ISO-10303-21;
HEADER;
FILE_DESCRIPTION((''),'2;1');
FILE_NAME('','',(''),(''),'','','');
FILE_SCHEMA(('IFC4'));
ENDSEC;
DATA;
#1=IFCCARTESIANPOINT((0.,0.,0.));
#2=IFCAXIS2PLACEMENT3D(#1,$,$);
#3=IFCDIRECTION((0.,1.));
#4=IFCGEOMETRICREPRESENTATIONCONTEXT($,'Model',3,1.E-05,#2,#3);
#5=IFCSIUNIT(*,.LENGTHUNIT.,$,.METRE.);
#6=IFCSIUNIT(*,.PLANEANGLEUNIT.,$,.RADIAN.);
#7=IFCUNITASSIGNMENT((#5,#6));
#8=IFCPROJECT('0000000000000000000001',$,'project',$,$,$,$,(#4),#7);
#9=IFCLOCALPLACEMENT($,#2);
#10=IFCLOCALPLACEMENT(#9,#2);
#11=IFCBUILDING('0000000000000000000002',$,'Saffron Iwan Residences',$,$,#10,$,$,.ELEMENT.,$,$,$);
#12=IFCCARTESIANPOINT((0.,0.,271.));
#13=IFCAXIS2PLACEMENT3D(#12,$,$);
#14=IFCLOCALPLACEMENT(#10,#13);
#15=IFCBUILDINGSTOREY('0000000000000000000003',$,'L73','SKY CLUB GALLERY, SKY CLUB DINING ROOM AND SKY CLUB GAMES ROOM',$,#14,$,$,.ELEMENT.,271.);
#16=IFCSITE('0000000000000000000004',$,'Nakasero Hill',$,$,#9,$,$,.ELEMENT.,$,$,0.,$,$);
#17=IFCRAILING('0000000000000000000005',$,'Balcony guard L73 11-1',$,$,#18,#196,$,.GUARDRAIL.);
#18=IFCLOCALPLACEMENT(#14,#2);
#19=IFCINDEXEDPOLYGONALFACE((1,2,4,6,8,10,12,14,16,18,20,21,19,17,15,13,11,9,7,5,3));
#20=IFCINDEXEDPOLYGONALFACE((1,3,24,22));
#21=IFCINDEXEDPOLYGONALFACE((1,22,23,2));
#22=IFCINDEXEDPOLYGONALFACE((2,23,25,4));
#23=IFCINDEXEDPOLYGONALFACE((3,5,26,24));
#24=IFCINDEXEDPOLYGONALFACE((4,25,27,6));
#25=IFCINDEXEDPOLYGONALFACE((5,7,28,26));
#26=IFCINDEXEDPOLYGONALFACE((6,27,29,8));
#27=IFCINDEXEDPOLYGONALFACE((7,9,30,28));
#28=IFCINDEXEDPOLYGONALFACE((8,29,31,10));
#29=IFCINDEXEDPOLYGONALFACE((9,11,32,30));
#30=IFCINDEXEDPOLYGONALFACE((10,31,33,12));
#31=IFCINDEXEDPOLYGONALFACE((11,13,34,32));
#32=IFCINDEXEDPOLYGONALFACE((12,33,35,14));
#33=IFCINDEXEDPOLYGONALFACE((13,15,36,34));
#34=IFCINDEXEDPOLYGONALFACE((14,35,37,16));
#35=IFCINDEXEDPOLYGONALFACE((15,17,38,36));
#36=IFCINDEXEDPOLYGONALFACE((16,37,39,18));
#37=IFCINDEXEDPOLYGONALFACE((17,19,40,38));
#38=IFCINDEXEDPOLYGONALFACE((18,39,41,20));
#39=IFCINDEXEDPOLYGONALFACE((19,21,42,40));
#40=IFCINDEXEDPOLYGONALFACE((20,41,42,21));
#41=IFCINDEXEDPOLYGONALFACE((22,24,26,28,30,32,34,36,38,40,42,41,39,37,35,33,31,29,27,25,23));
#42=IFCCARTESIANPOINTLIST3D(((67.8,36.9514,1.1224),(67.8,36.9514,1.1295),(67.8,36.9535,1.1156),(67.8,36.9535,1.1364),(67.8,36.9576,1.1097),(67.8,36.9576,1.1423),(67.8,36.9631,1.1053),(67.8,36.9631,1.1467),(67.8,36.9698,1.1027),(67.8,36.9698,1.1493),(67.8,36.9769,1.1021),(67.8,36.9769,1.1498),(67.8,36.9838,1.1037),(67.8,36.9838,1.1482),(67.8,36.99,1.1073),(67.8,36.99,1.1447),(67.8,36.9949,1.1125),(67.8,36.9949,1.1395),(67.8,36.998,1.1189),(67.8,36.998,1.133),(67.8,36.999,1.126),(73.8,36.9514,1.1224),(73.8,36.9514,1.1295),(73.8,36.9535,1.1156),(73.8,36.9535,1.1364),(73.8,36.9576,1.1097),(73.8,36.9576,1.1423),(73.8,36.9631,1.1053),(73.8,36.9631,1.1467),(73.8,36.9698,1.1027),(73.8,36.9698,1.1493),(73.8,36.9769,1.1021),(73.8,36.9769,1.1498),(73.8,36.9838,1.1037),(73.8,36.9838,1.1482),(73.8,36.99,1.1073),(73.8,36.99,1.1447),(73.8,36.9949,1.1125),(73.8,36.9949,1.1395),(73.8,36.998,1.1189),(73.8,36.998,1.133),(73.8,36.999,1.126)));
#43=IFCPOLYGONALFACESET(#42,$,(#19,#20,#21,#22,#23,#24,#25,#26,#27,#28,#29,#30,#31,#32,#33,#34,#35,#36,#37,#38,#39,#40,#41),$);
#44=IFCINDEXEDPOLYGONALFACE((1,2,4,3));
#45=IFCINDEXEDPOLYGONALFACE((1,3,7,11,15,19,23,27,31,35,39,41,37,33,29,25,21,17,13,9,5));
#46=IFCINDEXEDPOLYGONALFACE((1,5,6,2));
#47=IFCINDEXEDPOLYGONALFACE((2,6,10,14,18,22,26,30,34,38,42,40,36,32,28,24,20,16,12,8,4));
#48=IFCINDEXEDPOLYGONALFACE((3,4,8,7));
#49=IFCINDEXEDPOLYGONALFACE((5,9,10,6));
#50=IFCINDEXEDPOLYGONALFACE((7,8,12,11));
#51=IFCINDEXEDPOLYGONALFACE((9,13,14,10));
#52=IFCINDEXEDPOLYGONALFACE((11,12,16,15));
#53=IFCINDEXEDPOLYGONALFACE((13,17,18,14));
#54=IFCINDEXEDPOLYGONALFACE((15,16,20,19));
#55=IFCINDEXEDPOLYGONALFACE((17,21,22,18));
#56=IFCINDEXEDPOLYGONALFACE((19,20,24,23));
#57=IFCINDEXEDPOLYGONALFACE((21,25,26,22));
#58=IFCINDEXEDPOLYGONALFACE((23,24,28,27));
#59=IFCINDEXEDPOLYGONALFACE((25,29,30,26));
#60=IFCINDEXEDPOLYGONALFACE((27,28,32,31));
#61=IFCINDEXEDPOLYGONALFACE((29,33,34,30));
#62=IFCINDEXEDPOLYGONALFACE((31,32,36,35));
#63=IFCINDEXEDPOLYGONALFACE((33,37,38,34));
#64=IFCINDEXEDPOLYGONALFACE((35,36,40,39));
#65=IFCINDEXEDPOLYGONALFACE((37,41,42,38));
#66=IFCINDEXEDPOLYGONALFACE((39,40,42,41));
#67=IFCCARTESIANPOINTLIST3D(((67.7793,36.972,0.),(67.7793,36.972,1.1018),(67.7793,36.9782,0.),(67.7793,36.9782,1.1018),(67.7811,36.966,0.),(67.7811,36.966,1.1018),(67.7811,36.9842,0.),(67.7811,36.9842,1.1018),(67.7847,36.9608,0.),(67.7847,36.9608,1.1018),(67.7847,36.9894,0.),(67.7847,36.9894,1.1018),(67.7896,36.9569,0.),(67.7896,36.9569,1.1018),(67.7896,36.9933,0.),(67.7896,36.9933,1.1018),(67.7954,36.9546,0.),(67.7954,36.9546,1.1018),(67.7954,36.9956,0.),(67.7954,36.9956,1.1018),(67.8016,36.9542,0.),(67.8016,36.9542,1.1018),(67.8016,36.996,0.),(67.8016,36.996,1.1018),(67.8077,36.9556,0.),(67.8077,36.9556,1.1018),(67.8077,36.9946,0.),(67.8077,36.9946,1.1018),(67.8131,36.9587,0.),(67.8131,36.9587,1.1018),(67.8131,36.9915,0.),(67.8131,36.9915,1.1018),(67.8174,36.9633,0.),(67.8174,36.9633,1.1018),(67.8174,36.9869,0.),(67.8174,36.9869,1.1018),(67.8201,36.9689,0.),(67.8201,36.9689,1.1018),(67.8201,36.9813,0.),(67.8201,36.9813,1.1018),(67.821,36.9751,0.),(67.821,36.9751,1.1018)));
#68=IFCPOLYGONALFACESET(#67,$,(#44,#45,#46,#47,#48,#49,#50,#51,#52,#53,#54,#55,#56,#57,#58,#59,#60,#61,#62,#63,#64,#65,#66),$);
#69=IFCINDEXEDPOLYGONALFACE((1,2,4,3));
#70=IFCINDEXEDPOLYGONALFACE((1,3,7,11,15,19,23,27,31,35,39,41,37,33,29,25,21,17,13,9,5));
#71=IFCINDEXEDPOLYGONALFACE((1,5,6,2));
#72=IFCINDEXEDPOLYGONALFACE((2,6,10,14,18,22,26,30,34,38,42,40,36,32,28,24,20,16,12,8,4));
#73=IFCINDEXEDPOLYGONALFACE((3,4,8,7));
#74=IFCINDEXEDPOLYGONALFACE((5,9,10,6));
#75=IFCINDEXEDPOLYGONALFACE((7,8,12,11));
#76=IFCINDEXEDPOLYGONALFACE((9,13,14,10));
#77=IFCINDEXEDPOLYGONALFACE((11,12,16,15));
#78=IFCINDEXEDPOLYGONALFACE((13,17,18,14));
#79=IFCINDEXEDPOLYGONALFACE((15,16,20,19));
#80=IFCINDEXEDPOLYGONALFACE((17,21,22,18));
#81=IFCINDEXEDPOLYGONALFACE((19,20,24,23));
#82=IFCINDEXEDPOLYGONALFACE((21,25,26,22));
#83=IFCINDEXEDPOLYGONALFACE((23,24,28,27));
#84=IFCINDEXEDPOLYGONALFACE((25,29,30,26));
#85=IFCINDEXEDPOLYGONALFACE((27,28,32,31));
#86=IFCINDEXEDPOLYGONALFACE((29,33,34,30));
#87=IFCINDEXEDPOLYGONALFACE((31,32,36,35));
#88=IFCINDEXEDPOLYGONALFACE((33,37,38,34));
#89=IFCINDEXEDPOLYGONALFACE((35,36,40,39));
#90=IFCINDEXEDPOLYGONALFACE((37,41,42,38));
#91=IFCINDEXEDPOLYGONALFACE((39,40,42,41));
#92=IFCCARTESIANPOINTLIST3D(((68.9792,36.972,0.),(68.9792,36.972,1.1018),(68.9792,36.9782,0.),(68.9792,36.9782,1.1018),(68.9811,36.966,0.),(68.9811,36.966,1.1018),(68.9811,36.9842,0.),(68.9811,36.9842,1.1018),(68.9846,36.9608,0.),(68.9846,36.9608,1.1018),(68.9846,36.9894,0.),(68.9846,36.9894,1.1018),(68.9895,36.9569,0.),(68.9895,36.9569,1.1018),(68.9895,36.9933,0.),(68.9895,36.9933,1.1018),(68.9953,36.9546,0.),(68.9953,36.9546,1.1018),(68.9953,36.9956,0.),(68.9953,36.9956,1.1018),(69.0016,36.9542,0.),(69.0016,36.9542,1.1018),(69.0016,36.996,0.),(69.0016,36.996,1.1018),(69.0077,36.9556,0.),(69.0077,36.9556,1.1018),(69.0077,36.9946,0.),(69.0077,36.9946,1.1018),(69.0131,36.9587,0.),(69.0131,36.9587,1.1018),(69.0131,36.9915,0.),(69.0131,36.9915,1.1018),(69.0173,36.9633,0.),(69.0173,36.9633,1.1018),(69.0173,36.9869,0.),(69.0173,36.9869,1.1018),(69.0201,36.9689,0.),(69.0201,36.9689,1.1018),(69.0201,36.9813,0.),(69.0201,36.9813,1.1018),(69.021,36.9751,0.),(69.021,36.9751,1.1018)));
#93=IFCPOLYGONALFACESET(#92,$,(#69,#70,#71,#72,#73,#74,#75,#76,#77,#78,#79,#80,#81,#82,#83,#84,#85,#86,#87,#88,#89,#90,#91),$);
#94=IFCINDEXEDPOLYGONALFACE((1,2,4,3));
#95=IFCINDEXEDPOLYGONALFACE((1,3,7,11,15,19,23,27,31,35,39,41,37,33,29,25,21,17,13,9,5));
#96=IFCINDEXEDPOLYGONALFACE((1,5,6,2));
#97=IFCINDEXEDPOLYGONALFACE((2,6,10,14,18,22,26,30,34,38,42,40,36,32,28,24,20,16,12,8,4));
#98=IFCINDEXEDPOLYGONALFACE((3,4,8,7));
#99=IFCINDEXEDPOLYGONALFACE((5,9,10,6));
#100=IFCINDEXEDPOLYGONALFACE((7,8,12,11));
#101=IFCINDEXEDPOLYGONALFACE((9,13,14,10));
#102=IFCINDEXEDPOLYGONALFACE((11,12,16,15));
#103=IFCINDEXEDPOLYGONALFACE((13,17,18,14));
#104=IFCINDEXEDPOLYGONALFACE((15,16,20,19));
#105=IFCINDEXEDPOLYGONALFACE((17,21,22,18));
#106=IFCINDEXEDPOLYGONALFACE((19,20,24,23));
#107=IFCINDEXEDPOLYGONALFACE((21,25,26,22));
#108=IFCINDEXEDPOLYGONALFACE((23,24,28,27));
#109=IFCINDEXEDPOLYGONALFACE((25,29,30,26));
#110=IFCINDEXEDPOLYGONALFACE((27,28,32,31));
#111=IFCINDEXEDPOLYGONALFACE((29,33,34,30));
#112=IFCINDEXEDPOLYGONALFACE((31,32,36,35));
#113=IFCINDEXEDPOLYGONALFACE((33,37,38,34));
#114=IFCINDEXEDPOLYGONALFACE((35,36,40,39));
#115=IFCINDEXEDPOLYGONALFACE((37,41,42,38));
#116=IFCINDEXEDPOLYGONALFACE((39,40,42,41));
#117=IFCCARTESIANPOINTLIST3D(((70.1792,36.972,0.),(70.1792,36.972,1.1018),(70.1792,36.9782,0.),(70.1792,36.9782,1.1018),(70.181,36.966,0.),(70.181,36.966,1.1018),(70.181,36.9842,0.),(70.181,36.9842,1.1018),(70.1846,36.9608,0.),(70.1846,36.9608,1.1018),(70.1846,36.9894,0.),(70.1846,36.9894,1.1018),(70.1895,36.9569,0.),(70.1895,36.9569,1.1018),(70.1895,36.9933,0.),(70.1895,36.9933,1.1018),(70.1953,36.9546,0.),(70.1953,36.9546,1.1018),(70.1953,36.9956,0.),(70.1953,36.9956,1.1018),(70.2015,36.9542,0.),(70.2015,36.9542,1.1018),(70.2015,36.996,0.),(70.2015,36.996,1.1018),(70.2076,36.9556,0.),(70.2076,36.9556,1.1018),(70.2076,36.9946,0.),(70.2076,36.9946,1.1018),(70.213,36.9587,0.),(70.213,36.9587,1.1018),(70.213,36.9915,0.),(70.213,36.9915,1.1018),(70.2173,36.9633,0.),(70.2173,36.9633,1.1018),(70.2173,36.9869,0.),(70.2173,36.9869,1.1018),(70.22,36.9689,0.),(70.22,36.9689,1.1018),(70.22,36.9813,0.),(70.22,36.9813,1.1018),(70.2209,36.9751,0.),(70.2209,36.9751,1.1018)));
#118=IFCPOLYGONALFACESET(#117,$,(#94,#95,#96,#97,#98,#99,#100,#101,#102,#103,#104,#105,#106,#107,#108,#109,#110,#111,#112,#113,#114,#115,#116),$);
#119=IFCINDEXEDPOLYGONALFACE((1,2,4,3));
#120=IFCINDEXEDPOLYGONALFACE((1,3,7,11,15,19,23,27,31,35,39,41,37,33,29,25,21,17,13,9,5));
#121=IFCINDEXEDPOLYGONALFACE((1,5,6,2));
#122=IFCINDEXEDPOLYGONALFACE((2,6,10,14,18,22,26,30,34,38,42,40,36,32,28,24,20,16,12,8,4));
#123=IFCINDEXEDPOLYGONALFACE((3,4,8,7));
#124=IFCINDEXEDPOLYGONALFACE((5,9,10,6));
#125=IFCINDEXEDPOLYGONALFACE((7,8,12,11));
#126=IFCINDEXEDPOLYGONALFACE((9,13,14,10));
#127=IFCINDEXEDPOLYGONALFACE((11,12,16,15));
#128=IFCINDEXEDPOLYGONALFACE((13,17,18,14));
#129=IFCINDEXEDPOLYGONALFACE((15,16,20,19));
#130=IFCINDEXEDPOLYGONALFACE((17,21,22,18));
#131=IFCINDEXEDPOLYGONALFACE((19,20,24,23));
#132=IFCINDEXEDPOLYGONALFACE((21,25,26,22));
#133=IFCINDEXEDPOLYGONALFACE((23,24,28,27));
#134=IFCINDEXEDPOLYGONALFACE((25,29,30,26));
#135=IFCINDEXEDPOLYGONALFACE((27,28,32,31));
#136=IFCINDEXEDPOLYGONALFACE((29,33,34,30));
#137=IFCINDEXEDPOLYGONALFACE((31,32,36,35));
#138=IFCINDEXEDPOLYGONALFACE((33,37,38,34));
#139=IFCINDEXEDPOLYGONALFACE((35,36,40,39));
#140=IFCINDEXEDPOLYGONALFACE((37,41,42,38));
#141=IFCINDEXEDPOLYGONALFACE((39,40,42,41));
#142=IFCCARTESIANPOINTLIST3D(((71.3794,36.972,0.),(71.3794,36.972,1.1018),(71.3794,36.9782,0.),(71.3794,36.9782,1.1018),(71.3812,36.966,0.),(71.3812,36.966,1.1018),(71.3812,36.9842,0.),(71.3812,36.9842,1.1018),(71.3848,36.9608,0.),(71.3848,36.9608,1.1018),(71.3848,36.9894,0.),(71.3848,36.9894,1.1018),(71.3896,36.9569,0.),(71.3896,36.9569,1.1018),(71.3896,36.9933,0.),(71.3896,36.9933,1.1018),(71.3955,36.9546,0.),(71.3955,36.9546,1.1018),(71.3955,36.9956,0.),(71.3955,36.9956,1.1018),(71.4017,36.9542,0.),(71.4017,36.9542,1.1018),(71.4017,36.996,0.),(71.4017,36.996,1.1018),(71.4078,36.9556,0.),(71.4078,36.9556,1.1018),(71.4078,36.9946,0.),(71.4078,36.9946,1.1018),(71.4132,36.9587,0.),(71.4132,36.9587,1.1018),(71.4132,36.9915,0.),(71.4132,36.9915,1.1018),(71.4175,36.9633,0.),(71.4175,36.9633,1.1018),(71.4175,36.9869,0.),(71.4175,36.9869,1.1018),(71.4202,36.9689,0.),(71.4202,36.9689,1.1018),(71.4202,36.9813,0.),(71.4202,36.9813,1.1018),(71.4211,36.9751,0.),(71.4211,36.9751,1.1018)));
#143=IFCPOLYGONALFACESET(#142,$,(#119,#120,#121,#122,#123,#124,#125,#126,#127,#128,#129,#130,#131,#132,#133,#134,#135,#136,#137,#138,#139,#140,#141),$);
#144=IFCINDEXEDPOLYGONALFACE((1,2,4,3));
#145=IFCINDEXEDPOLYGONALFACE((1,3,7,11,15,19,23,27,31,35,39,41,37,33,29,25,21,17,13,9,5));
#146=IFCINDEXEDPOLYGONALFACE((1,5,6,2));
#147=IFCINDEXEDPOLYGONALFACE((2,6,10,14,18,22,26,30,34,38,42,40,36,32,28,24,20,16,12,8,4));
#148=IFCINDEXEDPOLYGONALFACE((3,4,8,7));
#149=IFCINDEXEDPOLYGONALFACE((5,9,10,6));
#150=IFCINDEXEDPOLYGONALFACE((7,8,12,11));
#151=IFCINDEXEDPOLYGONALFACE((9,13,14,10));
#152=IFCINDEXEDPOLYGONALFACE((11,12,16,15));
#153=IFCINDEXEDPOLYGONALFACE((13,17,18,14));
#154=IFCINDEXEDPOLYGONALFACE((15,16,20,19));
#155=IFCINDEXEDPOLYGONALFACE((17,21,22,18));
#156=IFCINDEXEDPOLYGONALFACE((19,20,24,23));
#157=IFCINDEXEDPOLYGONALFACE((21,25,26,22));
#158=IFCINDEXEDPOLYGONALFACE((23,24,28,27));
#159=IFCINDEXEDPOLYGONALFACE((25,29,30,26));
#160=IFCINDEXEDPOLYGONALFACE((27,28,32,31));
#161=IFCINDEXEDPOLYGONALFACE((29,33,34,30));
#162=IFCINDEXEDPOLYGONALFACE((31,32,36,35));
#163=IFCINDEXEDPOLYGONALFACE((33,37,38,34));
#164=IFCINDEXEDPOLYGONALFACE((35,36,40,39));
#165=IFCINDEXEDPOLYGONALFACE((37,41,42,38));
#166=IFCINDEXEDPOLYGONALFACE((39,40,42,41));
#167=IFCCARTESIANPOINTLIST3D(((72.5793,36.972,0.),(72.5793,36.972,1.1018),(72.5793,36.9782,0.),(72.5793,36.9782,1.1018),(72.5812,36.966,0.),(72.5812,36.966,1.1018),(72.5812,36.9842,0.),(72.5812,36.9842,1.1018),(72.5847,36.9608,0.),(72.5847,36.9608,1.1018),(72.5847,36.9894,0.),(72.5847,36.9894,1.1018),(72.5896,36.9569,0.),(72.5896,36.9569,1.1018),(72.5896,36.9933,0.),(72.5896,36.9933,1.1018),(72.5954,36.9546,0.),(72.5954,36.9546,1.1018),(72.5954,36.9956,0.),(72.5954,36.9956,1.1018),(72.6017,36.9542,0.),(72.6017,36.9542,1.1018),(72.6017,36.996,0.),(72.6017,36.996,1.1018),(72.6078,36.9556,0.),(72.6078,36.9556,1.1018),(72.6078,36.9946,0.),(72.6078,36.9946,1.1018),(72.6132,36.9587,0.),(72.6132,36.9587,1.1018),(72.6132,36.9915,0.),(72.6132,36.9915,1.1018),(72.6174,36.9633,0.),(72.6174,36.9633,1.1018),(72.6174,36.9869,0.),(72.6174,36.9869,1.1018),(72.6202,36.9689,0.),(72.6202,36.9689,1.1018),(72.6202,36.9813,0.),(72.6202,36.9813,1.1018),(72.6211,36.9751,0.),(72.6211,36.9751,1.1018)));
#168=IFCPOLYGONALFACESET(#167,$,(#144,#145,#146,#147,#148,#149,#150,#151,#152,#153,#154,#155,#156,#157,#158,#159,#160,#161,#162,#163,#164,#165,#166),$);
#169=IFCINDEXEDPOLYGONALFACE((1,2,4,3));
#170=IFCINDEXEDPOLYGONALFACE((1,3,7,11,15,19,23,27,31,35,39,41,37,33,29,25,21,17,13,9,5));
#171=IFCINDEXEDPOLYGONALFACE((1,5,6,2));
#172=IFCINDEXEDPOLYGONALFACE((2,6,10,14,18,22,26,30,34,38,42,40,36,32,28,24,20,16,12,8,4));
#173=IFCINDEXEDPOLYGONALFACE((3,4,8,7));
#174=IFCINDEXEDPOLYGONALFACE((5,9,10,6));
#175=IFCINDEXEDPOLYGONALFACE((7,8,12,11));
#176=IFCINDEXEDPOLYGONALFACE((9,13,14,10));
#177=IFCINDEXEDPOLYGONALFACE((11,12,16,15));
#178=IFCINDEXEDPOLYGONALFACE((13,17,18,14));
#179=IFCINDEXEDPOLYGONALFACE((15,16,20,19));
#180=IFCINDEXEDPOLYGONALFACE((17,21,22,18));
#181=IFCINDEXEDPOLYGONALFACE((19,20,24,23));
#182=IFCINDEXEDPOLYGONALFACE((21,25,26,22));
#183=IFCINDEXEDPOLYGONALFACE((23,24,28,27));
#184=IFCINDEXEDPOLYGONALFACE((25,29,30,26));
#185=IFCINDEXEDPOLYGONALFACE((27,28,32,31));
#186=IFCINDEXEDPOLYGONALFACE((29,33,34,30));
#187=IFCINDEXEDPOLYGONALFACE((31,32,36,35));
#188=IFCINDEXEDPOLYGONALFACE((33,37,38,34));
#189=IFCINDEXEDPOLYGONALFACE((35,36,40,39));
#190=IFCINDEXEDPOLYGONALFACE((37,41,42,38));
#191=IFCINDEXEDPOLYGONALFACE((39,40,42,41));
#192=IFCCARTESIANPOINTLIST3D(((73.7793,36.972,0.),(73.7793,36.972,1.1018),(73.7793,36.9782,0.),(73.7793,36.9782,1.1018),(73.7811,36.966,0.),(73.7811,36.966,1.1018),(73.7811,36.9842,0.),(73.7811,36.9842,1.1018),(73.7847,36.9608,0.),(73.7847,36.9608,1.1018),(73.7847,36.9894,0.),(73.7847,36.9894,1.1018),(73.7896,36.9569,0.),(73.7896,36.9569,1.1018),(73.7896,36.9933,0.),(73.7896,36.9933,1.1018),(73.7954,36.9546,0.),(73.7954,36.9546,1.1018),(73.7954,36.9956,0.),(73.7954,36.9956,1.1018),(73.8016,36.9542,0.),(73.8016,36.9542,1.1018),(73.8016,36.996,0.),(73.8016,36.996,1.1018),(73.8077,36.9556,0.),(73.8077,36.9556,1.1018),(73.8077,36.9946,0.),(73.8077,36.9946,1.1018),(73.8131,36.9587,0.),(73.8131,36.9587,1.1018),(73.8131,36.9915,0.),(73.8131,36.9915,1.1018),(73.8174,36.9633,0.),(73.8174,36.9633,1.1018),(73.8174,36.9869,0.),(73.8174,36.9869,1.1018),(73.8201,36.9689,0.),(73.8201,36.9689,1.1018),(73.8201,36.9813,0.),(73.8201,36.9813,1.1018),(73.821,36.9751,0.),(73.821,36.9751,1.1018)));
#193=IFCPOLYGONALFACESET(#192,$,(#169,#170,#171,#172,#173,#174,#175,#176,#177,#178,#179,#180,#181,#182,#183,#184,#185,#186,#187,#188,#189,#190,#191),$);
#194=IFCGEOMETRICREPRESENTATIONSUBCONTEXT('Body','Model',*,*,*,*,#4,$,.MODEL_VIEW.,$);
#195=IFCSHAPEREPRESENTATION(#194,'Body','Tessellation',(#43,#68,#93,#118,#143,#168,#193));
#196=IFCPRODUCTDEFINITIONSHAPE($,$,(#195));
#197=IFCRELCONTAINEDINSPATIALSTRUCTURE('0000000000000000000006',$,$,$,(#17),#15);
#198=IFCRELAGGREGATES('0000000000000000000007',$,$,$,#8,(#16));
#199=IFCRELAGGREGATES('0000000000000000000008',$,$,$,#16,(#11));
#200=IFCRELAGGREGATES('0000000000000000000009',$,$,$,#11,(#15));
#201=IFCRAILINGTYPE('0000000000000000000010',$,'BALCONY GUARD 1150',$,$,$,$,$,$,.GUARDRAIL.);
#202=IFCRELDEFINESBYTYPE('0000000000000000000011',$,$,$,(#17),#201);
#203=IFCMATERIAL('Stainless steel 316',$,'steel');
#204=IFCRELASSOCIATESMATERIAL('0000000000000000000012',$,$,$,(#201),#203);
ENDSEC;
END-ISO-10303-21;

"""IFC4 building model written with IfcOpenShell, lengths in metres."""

from ifc_helpers import new_model, si_unit, direction, frame, origin, origin_2d, place, context, subcontext, project, spatial, circle, extrude, material, type_object, element, save


model = new_model("IFC4")

# Units and contexts
model_context = context("Model", 3, precision=1e-05, world=origin(), true_north=direction((0.0, 1.0)))
body_context = subcontext(model_context, "Body", "Model", "MODEL_VIEW")
ifc_project = project(units=[si_unit("LENGTHUNIT", "METRE"), si_unit("PLANEANGLEUNIT", "RADIAN")], contexts=[model_context])

# Site, building, storey
site_placement = place(None, origin())
site = spatial("IfcSite", under=ifc_project, at=site_placement, Name="Nakasero Hill", CompositionType="ELEMENT", RefElevation=0.0)
building_placement = place(site_placement, origin())
building = spatial("IfcBuilding", under=site, at=building_placement, Name="Saffron Iwan Residences", CompositionType="ELEMENT")
storey_placement = place(building_placement, frame((0.0, 0.0, 271.0)))
storey = spatial("IfcBuildingStorey", under=building, at=storey_placement, Name="L73", Description="SKY CLUB GALLERY, SKY CLUB DINING ROOM AND SKY CLUB GAMES ROOM", CompositionType="ELEMENT", Elevation=271.0)

# Railing
ifc_material_1 = material(Name="Stainless steel 316", Category="steel")
railing_type = type_object("IfcRailingType", Name="BALCONY GUARD 1150", PredefinedType="GUARDRAIL", material=ifc_material_1)
railing_placement = place(storey_placement, frame((67.8, 36.9751, 0.0)))
element("IfcRailing", 1, at=railing_placement, inside=storey, type_object=railing_type, Name="Balcony guard L73 11-1", PredefinedType="GUARDRAIL", context=body_context, shape_type="SweptSolid", body=[
    extrude(circle(Radius=0.0239, at=origin_2d()), frame((0.0, 0.0, 1.126), z_axis=(1.0, 0.0, 0.0), x_axis=(0.0, 1.0, 0.0)), (0.0, 0.0, 1.0), 6.0),
    extrude(circle(Radius=0.021, at=origin_2d()), origin(), (0.0, 0.0, 1.0), 1.1018),
    extrude(circle(Radius=0.021, at=origin_2d()), frame((1.2, 0.0, 0.0)), (0.0, 0.0, 1.0), 1.1018),
    extrude(circle(Radius=0.021, at=origin_2d()), frame((2.3999, 0.0, 0.0)), (0.0, 0.0, 1.0), 1.1018),
    extrude(circle(Radius=0.021, at=origin_2d()), frame((3.6001, 0.0, 0.0)), (0.0, 0.0, 1.0), 1.1018),
    extrude(circle(Radius=0.021, at=origin_2d()), frame((4.8, 0.0, 0.0)), (0.0, 0.0, 1.0), 1.1018),
    extrude(circle(Radius=0.021, at=origin_2d()), frame((6.0, 0.0, 0.0)), (0.0, 0.0, 1.0), 1.1018),
])

save(model, "model.ifc")
